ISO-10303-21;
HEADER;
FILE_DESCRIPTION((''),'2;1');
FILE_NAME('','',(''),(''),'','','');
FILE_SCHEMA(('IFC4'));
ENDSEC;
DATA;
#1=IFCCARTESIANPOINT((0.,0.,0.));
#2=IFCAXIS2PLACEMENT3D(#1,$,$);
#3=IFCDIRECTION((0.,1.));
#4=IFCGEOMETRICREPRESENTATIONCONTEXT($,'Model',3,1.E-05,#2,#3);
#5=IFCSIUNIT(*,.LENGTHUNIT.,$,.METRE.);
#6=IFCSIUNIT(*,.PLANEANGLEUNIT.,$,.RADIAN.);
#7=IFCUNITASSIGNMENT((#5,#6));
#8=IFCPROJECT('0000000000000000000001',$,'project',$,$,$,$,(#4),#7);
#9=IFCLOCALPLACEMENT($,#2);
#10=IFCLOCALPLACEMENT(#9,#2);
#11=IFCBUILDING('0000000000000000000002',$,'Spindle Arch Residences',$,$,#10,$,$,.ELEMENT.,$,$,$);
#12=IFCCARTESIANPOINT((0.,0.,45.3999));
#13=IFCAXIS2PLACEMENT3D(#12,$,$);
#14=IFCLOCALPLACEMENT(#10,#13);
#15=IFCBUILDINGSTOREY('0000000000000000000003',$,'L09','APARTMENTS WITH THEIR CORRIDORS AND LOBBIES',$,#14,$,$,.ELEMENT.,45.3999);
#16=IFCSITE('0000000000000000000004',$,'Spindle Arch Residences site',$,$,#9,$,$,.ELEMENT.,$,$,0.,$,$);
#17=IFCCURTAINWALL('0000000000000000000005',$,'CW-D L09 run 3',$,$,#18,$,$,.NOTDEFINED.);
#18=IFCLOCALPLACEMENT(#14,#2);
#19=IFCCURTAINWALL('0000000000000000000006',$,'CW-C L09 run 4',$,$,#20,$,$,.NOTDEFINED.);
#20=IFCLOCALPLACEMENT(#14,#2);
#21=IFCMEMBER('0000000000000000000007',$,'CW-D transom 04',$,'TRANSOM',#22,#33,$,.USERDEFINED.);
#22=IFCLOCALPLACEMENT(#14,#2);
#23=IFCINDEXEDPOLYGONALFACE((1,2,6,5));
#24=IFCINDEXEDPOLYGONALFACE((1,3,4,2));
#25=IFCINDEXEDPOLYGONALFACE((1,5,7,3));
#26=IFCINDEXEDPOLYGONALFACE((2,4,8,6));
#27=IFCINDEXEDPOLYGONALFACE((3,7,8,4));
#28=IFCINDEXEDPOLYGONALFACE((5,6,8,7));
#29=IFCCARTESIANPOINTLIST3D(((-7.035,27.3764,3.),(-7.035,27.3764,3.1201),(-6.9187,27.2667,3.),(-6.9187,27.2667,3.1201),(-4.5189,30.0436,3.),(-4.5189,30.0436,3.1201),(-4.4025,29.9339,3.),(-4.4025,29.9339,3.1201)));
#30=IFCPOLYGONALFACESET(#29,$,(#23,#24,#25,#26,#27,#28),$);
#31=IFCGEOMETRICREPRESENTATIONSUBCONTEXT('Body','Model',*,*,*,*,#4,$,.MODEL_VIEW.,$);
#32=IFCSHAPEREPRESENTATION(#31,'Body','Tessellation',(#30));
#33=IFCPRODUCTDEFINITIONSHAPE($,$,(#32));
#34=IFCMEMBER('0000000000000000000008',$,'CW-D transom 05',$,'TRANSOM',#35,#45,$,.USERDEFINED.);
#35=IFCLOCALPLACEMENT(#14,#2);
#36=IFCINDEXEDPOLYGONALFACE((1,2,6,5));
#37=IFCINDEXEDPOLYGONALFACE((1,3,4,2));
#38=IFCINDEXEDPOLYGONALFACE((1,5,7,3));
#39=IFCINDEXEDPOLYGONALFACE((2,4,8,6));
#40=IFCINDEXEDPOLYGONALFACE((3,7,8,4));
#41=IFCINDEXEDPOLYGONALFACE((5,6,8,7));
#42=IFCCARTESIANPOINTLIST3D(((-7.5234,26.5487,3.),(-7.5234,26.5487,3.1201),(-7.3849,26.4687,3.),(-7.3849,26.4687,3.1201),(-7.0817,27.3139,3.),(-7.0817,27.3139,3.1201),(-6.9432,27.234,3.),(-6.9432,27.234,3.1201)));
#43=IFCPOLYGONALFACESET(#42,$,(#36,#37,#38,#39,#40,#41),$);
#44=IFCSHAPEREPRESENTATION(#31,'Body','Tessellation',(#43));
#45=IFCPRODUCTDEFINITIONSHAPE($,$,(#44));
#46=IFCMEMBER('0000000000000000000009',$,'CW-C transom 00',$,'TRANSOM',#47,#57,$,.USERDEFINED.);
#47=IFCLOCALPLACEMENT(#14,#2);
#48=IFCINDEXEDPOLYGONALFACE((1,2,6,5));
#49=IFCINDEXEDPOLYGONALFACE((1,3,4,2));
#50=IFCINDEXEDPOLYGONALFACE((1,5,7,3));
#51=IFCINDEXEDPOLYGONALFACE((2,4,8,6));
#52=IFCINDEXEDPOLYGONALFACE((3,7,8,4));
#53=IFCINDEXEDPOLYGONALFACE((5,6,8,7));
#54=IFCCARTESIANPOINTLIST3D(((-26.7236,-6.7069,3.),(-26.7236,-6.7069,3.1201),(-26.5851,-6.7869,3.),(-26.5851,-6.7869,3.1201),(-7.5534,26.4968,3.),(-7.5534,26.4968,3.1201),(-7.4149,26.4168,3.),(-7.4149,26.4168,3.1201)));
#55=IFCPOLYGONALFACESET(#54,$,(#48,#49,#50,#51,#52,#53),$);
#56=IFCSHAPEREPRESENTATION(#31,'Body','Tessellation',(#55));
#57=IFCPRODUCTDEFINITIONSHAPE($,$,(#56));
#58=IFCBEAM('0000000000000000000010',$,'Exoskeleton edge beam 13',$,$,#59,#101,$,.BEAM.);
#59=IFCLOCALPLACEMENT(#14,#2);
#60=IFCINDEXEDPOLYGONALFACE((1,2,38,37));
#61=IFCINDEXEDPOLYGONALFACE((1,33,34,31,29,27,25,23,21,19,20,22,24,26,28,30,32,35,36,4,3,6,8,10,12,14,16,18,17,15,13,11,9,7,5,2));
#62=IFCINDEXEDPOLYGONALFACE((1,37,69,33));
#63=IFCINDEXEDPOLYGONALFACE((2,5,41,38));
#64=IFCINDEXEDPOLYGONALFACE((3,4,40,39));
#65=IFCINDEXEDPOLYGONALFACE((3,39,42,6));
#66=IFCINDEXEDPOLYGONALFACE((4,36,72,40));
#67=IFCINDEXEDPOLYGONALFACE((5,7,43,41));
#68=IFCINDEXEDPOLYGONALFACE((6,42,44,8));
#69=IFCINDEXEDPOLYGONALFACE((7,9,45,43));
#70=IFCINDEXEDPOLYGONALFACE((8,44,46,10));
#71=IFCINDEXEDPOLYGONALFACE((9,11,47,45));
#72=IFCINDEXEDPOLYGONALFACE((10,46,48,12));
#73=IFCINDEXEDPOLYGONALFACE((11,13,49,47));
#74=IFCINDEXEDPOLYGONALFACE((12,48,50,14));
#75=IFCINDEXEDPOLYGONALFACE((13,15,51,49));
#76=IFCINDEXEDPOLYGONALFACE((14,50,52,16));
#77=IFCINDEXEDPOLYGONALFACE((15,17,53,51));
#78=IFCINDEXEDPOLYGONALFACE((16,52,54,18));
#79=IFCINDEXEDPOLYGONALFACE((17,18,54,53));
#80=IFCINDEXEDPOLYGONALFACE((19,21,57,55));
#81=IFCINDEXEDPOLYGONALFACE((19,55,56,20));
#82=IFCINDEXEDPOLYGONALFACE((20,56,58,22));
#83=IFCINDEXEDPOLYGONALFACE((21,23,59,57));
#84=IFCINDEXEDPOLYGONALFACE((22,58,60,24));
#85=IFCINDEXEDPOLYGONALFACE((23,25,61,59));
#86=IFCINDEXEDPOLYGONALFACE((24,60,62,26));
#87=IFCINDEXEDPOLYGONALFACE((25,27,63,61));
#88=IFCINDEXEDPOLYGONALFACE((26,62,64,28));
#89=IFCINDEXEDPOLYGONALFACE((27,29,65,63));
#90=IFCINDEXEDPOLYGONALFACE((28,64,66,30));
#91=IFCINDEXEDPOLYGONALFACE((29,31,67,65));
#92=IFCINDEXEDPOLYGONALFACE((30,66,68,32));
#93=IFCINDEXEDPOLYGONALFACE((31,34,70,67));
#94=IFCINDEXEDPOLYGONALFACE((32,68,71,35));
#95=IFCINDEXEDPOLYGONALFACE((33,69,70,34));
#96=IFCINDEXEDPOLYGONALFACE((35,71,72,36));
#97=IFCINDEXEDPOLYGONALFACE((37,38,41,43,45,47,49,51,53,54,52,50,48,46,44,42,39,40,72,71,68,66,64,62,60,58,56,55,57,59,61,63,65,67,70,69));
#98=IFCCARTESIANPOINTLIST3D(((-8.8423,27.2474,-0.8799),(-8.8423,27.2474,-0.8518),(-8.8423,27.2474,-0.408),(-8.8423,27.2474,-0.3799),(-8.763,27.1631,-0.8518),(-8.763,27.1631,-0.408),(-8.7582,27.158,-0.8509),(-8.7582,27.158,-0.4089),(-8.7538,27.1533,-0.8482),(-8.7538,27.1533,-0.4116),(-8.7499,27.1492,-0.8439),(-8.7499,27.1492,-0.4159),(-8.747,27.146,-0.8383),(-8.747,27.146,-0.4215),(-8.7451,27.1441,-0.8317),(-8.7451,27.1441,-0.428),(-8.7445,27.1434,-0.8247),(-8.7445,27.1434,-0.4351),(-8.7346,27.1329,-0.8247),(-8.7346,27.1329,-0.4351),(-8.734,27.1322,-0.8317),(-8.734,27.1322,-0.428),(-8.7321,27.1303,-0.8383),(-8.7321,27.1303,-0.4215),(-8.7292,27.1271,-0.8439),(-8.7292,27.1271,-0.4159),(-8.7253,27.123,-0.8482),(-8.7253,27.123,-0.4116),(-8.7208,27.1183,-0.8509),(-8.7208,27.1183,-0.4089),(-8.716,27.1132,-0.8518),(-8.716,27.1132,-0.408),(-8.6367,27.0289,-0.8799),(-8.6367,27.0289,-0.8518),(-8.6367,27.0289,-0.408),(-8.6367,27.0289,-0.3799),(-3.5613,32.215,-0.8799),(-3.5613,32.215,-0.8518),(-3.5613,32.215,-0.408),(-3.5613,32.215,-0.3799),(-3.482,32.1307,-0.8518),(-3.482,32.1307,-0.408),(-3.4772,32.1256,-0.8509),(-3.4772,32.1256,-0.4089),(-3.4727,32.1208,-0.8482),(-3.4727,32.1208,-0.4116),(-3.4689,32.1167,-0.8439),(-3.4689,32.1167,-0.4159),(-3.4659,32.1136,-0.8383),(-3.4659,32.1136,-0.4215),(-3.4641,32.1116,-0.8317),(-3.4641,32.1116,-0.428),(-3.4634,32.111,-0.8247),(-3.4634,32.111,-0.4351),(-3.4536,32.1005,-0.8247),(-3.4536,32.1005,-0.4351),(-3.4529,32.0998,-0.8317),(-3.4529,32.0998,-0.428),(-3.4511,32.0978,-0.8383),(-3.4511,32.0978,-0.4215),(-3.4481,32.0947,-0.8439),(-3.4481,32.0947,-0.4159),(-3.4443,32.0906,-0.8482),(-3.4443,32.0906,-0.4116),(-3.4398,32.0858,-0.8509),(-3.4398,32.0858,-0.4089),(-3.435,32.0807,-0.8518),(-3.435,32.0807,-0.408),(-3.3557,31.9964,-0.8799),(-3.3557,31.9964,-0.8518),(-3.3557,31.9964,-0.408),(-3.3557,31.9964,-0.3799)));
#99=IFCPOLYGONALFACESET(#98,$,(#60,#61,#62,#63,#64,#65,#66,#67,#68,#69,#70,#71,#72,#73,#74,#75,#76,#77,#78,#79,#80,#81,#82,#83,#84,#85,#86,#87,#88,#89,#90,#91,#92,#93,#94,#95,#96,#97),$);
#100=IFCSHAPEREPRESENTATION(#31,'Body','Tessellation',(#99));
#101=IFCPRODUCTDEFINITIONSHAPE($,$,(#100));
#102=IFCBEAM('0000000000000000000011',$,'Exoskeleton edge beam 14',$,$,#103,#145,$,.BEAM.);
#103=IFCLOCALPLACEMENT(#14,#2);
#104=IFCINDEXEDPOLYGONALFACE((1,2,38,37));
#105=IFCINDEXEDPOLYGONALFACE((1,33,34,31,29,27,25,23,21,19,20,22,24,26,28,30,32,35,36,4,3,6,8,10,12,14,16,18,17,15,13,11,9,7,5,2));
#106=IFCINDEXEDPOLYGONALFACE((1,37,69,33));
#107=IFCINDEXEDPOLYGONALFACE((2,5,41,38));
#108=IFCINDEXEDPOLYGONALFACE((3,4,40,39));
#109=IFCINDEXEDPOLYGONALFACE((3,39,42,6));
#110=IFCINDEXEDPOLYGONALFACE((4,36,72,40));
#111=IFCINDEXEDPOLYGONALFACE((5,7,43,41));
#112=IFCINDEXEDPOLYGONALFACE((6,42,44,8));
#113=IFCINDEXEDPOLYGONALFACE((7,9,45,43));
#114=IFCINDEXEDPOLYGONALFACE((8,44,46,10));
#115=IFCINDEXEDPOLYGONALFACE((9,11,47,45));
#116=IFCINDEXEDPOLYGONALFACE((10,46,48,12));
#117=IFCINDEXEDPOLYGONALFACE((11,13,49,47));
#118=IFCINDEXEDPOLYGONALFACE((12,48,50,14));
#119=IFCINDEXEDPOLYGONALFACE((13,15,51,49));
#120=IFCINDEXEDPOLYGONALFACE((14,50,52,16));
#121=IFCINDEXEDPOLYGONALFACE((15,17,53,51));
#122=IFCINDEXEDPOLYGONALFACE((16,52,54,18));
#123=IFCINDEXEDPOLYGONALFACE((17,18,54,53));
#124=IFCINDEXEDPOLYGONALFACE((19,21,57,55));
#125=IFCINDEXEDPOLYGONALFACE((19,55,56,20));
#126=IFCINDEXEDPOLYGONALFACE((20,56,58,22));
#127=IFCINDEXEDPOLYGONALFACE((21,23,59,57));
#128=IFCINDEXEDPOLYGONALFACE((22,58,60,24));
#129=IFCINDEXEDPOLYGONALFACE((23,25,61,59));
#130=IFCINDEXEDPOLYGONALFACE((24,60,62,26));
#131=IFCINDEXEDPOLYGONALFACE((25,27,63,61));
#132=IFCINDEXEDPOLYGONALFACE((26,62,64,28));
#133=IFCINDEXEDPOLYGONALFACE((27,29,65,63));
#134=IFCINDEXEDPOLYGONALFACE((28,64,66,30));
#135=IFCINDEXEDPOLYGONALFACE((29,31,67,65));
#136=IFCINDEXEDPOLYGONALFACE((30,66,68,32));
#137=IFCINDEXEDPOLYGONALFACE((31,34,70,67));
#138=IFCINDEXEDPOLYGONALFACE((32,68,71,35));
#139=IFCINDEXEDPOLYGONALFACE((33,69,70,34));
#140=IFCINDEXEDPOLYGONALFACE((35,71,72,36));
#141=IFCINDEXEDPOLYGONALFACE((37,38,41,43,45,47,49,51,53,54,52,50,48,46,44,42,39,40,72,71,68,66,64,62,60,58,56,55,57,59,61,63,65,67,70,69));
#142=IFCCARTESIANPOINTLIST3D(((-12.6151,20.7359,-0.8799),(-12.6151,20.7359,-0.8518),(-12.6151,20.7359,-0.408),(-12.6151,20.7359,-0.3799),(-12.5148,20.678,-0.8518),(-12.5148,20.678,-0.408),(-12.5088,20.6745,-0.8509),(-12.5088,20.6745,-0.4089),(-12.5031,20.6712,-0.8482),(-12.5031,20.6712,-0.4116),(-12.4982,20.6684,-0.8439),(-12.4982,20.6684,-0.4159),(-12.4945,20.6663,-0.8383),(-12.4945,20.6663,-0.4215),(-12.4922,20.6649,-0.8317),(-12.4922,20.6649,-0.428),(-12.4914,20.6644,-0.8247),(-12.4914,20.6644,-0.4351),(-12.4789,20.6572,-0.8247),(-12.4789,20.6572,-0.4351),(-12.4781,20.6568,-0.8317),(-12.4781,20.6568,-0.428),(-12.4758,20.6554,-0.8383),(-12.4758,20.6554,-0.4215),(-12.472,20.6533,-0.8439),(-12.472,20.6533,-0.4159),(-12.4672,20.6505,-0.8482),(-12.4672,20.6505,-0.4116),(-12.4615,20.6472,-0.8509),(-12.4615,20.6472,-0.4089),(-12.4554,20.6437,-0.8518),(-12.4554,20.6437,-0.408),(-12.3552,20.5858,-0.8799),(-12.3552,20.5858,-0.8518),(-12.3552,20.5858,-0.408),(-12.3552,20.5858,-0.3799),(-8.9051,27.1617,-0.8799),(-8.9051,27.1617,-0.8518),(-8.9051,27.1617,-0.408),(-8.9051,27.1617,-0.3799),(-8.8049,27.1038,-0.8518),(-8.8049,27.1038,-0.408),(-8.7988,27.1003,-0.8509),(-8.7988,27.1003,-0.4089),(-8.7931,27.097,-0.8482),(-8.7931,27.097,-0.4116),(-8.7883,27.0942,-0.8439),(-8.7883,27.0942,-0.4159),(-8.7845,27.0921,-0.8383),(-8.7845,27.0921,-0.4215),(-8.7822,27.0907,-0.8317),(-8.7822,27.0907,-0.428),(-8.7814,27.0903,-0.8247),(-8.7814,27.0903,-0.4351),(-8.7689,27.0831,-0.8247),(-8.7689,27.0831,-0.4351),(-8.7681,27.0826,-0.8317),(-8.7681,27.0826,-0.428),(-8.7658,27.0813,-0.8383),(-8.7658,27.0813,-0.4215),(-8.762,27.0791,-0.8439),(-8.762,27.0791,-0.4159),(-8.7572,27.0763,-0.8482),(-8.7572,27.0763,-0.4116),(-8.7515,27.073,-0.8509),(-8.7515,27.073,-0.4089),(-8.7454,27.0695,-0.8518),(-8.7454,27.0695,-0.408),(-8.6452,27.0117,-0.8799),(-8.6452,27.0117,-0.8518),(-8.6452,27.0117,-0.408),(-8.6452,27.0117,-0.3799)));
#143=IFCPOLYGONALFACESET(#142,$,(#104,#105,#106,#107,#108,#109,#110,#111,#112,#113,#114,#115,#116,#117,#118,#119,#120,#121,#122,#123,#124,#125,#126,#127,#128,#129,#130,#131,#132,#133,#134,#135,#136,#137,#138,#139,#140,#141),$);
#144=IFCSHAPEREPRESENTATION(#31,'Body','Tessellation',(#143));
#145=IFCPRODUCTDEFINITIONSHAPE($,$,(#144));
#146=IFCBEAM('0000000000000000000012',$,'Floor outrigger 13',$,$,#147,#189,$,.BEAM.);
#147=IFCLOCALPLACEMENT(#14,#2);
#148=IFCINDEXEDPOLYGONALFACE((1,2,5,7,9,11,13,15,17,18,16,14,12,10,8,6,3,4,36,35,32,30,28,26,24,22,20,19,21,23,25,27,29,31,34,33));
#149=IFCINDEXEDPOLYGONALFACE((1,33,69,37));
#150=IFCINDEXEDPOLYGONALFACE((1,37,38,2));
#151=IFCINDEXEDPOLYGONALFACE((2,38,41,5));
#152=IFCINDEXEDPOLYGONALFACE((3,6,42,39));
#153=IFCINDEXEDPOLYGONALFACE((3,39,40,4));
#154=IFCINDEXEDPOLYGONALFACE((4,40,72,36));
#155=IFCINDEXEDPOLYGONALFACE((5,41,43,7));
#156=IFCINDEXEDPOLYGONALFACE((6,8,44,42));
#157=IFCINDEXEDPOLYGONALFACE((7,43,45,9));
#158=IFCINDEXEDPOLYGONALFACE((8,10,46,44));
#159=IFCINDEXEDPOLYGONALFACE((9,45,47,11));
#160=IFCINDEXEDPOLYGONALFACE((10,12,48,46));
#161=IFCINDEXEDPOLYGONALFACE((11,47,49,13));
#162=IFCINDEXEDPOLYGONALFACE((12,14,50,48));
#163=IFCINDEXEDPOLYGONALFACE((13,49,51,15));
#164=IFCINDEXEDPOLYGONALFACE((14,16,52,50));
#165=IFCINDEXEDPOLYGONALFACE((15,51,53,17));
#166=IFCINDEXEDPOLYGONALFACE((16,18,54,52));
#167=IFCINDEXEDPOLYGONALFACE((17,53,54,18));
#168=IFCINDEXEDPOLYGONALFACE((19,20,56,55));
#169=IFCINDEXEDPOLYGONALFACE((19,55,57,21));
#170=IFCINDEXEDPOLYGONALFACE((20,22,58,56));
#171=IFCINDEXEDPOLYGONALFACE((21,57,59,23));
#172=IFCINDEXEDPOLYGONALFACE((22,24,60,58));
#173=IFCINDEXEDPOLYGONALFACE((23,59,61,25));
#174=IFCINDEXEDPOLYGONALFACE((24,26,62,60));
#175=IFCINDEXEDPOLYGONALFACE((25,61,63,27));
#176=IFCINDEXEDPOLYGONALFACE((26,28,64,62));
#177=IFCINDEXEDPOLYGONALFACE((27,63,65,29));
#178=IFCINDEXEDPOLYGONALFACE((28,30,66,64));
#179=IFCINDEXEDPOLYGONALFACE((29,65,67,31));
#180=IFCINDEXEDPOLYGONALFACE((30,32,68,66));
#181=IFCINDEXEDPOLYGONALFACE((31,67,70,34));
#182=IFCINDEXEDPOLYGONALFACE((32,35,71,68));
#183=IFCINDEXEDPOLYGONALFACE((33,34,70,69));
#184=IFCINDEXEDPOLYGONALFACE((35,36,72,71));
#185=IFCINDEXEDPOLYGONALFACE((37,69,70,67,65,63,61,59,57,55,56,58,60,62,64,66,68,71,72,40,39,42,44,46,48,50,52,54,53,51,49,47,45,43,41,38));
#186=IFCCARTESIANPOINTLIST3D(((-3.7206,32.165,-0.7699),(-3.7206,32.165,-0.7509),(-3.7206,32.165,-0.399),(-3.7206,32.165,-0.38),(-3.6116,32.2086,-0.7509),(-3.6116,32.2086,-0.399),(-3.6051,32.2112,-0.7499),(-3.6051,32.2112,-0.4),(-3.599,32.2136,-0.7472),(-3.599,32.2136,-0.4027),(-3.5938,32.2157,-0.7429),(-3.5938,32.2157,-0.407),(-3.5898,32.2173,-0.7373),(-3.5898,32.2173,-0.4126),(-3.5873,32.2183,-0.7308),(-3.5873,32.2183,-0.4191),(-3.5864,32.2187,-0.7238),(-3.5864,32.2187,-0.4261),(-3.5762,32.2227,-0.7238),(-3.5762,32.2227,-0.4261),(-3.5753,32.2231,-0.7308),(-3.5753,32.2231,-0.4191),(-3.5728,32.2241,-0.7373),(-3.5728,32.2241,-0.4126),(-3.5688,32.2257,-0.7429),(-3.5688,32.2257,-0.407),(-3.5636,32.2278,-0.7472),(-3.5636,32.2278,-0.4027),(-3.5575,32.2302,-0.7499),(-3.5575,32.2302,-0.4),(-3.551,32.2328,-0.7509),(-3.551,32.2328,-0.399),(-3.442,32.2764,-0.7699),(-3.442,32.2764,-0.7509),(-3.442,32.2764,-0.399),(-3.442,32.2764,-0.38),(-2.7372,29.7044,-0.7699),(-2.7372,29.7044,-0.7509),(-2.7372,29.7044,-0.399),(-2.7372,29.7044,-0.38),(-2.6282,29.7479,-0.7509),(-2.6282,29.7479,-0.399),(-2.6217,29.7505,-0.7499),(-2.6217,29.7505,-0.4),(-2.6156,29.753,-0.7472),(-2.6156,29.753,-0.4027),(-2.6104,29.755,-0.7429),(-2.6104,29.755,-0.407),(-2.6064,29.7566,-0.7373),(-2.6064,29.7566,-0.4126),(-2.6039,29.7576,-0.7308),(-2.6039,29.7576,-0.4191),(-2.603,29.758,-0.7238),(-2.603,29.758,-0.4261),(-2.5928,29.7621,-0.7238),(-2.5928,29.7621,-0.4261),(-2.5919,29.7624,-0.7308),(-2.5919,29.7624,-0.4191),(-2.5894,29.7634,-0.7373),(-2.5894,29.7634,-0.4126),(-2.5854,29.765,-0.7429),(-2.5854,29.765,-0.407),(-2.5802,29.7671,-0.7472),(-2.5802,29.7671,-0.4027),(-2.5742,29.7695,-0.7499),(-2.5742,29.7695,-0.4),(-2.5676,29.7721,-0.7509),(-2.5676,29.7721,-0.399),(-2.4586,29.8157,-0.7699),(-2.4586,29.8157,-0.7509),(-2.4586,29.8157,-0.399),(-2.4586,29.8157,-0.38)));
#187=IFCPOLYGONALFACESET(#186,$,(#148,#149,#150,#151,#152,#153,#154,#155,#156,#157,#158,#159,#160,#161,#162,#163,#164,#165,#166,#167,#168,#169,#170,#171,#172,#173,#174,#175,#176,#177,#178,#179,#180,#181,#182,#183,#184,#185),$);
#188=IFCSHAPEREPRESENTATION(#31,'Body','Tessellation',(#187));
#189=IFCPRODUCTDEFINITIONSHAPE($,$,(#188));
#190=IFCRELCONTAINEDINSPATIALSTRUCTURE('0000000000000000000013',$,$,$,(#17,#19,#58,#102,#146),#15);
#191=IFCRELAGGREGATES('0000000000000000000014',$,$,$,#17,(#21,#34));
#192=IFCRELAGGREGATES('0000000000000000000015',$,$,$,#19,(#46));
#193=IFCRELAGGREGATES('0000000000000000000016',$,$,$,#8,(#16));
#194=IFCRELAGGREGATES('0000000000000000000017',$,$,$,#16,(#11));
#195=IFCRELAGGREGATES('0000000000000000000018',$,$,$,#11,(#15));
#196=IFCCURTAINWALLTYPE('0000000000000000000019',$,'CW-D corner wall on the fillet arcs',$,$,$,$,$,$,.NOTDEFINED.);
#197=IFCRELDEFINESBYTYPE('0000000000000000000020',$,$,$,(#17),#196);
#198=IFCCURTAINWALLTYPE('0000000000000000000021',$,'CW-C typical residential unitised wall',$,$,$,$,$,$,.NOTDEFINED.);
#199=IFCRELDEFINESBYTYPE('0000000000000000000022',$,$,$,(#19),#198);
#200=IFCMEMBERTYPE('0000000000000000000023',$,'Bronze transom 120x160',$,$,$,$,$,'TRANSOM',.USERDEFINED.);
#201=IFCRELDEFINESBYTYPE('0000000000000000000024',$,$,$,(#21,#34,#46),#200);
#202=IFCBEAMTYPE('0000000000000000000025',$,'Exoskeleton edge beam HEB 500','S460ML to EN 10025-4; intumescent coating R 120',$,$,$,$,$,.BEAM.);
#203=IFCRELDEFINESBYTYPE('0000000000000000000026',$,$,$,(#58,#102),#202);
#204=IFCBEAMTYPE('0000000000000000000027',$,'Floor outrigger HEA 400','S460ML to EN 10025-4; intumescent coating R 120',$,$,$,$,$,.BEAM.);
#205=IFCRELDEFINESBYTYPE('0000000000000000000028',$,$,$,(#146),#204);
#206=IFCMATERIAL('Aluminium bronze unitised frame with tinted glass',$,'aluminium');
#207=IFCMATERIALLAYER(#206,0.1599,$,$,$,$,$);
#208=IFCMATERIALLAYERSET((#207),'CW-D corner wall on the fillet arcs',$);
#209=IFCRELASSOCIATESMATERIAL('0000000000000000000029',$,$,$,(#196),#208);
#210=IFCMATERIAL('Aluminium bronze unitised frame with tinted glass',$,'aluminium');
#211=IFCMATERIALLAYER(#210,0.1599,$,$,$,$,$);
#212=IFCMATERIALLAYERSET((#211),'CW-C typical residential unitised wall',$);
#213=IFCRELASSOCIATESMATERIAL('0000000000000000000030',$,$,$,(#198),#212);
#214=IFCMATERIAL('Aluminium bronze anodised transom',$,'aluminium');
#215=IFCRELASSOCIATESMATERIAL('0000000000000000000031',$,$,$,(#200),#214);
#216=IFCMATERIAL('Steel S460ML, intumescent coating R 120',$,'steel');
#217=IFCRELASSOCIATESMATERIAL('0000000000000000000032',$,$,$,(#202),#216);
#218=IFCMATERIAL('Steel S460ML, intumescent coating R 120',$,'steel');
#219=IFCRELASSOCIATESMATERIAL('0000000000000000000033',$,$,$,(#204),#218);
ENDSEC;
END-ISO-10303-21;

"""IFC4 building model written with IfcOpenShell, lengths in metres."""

from ifc_helpers import new_model, si_unit, direction, frame, origin, origin_2d, place, context, subcontext, project, spatial, rectangle, i_section, extrude, material, layer, layer_set, material_profile, profile_set, type_object, element, aggregate, save


model = new_model("IFC4")

# Units and contexts
model_context = context("Model", 3, precision=1e-05, world=origin(), true_north=direction((0.0, 1.0)))
body_context = subcontext(model_context, "Body", "Model", "MODEL_VIEW")
ifc_project = project(units=[si_unit("LENGTHUNIT", "METRE"), si_unit("PLANEANGLEUNIT", "RADIAN")], contexts=[model_context])

# Site, building, storey
site_placement = place(None, origin())
site = spatial("IfcSite", under=ifc_project, at=site_placement, Name="Spindle Arch Residences site", CompositionType="ELEMENT", RefElevation=0.0)
building_placement = place(site_placement, origin())
building = spatial("IfcBuilding", under=site, at=building_placement, Name="Spindle Arch Residences", CompositionType="ELEMENT")
storey_placement = place(building_placement, frame((0.0, 0.0, 45.3999)))
storey = spatial("IfcBuildingStorey", under=building, at=storey_placement, Name="L09", Description="APARTMENTS WITH THEIR CORRIDORS AND LOBBIES", CompositionType="ELEMENT", Elevation=45.3999)

# Curtain wall
ifc_material_1 = material(Name="Aluminium bronze unitised frame with tinted glass", Category="aluminium")
ifc_layer_1 = layer(ifc_material_1, 0.1599)
ifc_layer_set_1 = layer_set([ifc_layer_1], Name="CW-D corner wall on the fillet arcs")
curtain_wall_type_1 = type_object("IfcCurtainWallType", Name="CW-D corner wall on the fillet arcs", PredefinedType="NOTDEFINED", material=ifc_layer_set_1)
curtain_wall_1_placement = place(storey_placement, origin())
curtain_wall_1 = element("IfcCurtainWall", 1, at=curtain_wall_1_placement, inside=storey, type_object=curtain_wall_type_1, Name="CW-D L09 run 3", PredefinedType="NOTDEFINED")

# Curtain wall
ifc_material_2 = material(Name="Aluminium bronze unitised frame with tinted glass", Category="aluminium")
ifc_layer_2 = layer(ifc_material_2, 0.1599)
ifc_layer_set_2 = layer_set([ifc_layer_2], Name="CW-C typical residential unitised wall")
curtain_wall_type_2 = type_object("IfcCurtainWallType", Name="CW-C typical residential unitised wall", PredefinedType="NOTDEFINED", material=ifc_layer_set_2)
curtain_wall_2_placement = place(storey_placement, origin())
curtain_wall_2 = element("IfcCurtainWall", 2, at=curtain_wall_2_placement, inside=storey, type_object=curtain_wall_type_2, Name="CW-C L09 run 4", PredefinedType="NOTDEFINED")

# Members
ifc_material_3 = material(Name="Aluminium bronze anodised transom", Category="aluminium")
ifc_material_profile_1 = material_profile(ifc_material_3, rectangle(XDim=0.1599, YDim=0.1201, at=origin_2d()), Name="TR 120x160")
ifc_profile_set_1 = profile_set([ifc_material_profile_1], Name="Aluminium bronze anodised transom")
member_type_1 = type_object("IfcMemberType", Name="Bronze transom 120x160", ElementType="TRANSOM", PredefinedType="USERDEFINED", material=ifc_profile_set_1)
member_1_placement = place(storey_placement, frame((-4.4607, 29.9888, 3.0601), z_axis=(-0.686199, -0.727414, 0.0), x_axis=(0.727414, -0.686199, 0.0)))
member_1 = element("IfcMember", 3, at=member_1_placement, type_object=member_type_1, Name="CW-D transom 04", ObjectType="TRANSOM", PredefinedType="USERDEFINED", context=body_context, shape_type="SweptSolid", body=[
    extrude(rectangle(XDim=0.1599, YDim=0.1201, at=origin_2d()), origin(), (0.0, 0.0, 1.0), 3.6667),
])
member_2_placement = place(storey_placement, frame((-7.0125, 27.2739, 3.0601), z_axis=(-0.499914, -0.866075, 0.0), x_axis=(0.866075, -0.499914, 0.0)))
member_2 = element("IfcMember", 4, at=member_2_placement, type_object=member_type_1, Name="CW-D transom 05", ObjectType="TRANSOM", PredefinedType="USERDEFINED", context=body_context, shape_type="SweptSolid", body=[
    extrude(rectangle(XDim=0.1599, YDim=0.1201, at=origin_2d()), origin(), (0.0, 0.0, 1.0), 0.8835),
])
member_3_placement = place(storey_placement, frame((-7.4841, 26.4568, 3.0601), z_axis=(-0.500001, -0.866025, 0.0), x_axis=(0.866025, -0.500001, 0.0)))
member_3 = element("IfcMember", 5, at=member_3_placement, type_object=member_type_1, Name="CW-C transom 00", ObjectType="TRANSOM", PredefinedType="USERDEFINED", context=body_context, shape_type="SweptSolid", body=[
    extrude(rectangle(XDim=0.1599, YDim=0.1201, at=origin_2d()), origin(), (0.0, 0.0, 1.0), 38.3403),
])

# Beams
ifc_material_4 = material(Name="Steel S460ML, intumescent coating R 120", Category="steel")
ifc_material_profile_2 = material_profile(ifc_material_4, i_section(OverallWidth=0.3, OverallDepth=0.5, WebThickness=0.0144, FlangeThickness=0.0281, FilletRadius=0.0271, at=origin_2d()), Name="HEB 500")
ifc_profile_set_2 = profile_set([ifc_material_profile_2], Name="Steel S460ML, intumescent coating R 120")
beam_type_1 = type_object("IfcBeamType", Name="Exoskeleton edge beam HEB 500", Description="S460ML to EN 10025-4; intumescent coating R 120", PredefinedType="BEAM", material=ifc_profile_set_2)
beam_1_placement = place(storey_placement, frame((-3.4585, 32.1057, -0.6299), z_axis=(-0.728395, -0.685158, 0.0), x_axis=(0.685158, -0.728395, 0.0)))
element("IfcBeam", 6, at=beam_1_placement, inside=storey, type_object=beam_type_1, Name="Exoskeleton edge beam 13", PredefinedType="BEAM", context=body_context, shape_type="SweptSolid", body=[
    extrude(i_section(OverallWidth=0.3, OverallDepth=0.5, WebThickness=0.0144, FlangeThickness=0.0281, FilletRadius=0.0271, at=origin_2d()), origin(), (0.0, 0.0, 1.0), 7.2502),
])
beam_2_placement = place(storey_placement, frame((-8.7751, 27.0867, -0.6299), z_axis=(-0.500003, -0.866023, 0.0), x_axis=(0.866023, -0.500003, 0.0)))
element("IfcBeam", 7, at=beam_2_placement, inside=storey, type_object=beam_type_1, Name="Exoskeleton edge beam 14", PredefinedType="BEAM", context=body_context, shape_type="SweptSolid", body=[
    extrude(i_section(OverallWidth=0.3, OverallDepth=0.5, WebThickness=0.0144, FlangeThickness=0.0281, FilletRadius=0.0271, at=origin_2d()), origin(), (0.0, 0.0, 1.0), 7.4199),
])
ifc_material_5 = material(Name="Steel S460ML, intumescent coating R 120", Category="steel")
ifc_material_profile_3 = material_profile(ifc_material_5, i_section(OverallWidth=0.3, OverallDepth=0.3899, WebThickness=0.011, FlangeThickness=0.019, FilletRadius=0.0271, at=origin_2d()), Name="HEA 400")
ifc_profile_set_3 = profile_set([ifc_material_profile_3], Name="Steel S460ML, intumescent coating R 120")
beam_type_2 = type_object("IfcBeamType", Name="Floor outrigger HEA 400", Description="S460ML to EN 10025-4; intumescent coating R 120", PredefinedType="BEAM", material=ifc_profile_set_3)
beam_3_placement = place(storey_placement, frame((-3.5813, 32.2207, -0.575), z_axis=(0.371105, -0.928591, 0.0), x_axis=(0.928591, 0.371105, 0.0)))
element("IfcBeam", 8, at=beam_3_placement, inside=storey, type_object=beam_type_2, Name="Floor outrigger 13", PredefinedType="BEAM", context=body_context, shape_type="SweptSolid", body=[
    extrude(i_section(OverallWidth=0.3, OverallDepth=0.3899, WebThickness=0.011, FlangeThickness=0.019, FilletRadius=0.0271, at=origin_2d()), origin(), (0.0, 0.0, 1.0), 2.6499),
])

aggregate(curtain_wall_1, [member_1, member_2])
aggregate(curtain_wall_2, [member_3])

save(model, "model.ifc")
